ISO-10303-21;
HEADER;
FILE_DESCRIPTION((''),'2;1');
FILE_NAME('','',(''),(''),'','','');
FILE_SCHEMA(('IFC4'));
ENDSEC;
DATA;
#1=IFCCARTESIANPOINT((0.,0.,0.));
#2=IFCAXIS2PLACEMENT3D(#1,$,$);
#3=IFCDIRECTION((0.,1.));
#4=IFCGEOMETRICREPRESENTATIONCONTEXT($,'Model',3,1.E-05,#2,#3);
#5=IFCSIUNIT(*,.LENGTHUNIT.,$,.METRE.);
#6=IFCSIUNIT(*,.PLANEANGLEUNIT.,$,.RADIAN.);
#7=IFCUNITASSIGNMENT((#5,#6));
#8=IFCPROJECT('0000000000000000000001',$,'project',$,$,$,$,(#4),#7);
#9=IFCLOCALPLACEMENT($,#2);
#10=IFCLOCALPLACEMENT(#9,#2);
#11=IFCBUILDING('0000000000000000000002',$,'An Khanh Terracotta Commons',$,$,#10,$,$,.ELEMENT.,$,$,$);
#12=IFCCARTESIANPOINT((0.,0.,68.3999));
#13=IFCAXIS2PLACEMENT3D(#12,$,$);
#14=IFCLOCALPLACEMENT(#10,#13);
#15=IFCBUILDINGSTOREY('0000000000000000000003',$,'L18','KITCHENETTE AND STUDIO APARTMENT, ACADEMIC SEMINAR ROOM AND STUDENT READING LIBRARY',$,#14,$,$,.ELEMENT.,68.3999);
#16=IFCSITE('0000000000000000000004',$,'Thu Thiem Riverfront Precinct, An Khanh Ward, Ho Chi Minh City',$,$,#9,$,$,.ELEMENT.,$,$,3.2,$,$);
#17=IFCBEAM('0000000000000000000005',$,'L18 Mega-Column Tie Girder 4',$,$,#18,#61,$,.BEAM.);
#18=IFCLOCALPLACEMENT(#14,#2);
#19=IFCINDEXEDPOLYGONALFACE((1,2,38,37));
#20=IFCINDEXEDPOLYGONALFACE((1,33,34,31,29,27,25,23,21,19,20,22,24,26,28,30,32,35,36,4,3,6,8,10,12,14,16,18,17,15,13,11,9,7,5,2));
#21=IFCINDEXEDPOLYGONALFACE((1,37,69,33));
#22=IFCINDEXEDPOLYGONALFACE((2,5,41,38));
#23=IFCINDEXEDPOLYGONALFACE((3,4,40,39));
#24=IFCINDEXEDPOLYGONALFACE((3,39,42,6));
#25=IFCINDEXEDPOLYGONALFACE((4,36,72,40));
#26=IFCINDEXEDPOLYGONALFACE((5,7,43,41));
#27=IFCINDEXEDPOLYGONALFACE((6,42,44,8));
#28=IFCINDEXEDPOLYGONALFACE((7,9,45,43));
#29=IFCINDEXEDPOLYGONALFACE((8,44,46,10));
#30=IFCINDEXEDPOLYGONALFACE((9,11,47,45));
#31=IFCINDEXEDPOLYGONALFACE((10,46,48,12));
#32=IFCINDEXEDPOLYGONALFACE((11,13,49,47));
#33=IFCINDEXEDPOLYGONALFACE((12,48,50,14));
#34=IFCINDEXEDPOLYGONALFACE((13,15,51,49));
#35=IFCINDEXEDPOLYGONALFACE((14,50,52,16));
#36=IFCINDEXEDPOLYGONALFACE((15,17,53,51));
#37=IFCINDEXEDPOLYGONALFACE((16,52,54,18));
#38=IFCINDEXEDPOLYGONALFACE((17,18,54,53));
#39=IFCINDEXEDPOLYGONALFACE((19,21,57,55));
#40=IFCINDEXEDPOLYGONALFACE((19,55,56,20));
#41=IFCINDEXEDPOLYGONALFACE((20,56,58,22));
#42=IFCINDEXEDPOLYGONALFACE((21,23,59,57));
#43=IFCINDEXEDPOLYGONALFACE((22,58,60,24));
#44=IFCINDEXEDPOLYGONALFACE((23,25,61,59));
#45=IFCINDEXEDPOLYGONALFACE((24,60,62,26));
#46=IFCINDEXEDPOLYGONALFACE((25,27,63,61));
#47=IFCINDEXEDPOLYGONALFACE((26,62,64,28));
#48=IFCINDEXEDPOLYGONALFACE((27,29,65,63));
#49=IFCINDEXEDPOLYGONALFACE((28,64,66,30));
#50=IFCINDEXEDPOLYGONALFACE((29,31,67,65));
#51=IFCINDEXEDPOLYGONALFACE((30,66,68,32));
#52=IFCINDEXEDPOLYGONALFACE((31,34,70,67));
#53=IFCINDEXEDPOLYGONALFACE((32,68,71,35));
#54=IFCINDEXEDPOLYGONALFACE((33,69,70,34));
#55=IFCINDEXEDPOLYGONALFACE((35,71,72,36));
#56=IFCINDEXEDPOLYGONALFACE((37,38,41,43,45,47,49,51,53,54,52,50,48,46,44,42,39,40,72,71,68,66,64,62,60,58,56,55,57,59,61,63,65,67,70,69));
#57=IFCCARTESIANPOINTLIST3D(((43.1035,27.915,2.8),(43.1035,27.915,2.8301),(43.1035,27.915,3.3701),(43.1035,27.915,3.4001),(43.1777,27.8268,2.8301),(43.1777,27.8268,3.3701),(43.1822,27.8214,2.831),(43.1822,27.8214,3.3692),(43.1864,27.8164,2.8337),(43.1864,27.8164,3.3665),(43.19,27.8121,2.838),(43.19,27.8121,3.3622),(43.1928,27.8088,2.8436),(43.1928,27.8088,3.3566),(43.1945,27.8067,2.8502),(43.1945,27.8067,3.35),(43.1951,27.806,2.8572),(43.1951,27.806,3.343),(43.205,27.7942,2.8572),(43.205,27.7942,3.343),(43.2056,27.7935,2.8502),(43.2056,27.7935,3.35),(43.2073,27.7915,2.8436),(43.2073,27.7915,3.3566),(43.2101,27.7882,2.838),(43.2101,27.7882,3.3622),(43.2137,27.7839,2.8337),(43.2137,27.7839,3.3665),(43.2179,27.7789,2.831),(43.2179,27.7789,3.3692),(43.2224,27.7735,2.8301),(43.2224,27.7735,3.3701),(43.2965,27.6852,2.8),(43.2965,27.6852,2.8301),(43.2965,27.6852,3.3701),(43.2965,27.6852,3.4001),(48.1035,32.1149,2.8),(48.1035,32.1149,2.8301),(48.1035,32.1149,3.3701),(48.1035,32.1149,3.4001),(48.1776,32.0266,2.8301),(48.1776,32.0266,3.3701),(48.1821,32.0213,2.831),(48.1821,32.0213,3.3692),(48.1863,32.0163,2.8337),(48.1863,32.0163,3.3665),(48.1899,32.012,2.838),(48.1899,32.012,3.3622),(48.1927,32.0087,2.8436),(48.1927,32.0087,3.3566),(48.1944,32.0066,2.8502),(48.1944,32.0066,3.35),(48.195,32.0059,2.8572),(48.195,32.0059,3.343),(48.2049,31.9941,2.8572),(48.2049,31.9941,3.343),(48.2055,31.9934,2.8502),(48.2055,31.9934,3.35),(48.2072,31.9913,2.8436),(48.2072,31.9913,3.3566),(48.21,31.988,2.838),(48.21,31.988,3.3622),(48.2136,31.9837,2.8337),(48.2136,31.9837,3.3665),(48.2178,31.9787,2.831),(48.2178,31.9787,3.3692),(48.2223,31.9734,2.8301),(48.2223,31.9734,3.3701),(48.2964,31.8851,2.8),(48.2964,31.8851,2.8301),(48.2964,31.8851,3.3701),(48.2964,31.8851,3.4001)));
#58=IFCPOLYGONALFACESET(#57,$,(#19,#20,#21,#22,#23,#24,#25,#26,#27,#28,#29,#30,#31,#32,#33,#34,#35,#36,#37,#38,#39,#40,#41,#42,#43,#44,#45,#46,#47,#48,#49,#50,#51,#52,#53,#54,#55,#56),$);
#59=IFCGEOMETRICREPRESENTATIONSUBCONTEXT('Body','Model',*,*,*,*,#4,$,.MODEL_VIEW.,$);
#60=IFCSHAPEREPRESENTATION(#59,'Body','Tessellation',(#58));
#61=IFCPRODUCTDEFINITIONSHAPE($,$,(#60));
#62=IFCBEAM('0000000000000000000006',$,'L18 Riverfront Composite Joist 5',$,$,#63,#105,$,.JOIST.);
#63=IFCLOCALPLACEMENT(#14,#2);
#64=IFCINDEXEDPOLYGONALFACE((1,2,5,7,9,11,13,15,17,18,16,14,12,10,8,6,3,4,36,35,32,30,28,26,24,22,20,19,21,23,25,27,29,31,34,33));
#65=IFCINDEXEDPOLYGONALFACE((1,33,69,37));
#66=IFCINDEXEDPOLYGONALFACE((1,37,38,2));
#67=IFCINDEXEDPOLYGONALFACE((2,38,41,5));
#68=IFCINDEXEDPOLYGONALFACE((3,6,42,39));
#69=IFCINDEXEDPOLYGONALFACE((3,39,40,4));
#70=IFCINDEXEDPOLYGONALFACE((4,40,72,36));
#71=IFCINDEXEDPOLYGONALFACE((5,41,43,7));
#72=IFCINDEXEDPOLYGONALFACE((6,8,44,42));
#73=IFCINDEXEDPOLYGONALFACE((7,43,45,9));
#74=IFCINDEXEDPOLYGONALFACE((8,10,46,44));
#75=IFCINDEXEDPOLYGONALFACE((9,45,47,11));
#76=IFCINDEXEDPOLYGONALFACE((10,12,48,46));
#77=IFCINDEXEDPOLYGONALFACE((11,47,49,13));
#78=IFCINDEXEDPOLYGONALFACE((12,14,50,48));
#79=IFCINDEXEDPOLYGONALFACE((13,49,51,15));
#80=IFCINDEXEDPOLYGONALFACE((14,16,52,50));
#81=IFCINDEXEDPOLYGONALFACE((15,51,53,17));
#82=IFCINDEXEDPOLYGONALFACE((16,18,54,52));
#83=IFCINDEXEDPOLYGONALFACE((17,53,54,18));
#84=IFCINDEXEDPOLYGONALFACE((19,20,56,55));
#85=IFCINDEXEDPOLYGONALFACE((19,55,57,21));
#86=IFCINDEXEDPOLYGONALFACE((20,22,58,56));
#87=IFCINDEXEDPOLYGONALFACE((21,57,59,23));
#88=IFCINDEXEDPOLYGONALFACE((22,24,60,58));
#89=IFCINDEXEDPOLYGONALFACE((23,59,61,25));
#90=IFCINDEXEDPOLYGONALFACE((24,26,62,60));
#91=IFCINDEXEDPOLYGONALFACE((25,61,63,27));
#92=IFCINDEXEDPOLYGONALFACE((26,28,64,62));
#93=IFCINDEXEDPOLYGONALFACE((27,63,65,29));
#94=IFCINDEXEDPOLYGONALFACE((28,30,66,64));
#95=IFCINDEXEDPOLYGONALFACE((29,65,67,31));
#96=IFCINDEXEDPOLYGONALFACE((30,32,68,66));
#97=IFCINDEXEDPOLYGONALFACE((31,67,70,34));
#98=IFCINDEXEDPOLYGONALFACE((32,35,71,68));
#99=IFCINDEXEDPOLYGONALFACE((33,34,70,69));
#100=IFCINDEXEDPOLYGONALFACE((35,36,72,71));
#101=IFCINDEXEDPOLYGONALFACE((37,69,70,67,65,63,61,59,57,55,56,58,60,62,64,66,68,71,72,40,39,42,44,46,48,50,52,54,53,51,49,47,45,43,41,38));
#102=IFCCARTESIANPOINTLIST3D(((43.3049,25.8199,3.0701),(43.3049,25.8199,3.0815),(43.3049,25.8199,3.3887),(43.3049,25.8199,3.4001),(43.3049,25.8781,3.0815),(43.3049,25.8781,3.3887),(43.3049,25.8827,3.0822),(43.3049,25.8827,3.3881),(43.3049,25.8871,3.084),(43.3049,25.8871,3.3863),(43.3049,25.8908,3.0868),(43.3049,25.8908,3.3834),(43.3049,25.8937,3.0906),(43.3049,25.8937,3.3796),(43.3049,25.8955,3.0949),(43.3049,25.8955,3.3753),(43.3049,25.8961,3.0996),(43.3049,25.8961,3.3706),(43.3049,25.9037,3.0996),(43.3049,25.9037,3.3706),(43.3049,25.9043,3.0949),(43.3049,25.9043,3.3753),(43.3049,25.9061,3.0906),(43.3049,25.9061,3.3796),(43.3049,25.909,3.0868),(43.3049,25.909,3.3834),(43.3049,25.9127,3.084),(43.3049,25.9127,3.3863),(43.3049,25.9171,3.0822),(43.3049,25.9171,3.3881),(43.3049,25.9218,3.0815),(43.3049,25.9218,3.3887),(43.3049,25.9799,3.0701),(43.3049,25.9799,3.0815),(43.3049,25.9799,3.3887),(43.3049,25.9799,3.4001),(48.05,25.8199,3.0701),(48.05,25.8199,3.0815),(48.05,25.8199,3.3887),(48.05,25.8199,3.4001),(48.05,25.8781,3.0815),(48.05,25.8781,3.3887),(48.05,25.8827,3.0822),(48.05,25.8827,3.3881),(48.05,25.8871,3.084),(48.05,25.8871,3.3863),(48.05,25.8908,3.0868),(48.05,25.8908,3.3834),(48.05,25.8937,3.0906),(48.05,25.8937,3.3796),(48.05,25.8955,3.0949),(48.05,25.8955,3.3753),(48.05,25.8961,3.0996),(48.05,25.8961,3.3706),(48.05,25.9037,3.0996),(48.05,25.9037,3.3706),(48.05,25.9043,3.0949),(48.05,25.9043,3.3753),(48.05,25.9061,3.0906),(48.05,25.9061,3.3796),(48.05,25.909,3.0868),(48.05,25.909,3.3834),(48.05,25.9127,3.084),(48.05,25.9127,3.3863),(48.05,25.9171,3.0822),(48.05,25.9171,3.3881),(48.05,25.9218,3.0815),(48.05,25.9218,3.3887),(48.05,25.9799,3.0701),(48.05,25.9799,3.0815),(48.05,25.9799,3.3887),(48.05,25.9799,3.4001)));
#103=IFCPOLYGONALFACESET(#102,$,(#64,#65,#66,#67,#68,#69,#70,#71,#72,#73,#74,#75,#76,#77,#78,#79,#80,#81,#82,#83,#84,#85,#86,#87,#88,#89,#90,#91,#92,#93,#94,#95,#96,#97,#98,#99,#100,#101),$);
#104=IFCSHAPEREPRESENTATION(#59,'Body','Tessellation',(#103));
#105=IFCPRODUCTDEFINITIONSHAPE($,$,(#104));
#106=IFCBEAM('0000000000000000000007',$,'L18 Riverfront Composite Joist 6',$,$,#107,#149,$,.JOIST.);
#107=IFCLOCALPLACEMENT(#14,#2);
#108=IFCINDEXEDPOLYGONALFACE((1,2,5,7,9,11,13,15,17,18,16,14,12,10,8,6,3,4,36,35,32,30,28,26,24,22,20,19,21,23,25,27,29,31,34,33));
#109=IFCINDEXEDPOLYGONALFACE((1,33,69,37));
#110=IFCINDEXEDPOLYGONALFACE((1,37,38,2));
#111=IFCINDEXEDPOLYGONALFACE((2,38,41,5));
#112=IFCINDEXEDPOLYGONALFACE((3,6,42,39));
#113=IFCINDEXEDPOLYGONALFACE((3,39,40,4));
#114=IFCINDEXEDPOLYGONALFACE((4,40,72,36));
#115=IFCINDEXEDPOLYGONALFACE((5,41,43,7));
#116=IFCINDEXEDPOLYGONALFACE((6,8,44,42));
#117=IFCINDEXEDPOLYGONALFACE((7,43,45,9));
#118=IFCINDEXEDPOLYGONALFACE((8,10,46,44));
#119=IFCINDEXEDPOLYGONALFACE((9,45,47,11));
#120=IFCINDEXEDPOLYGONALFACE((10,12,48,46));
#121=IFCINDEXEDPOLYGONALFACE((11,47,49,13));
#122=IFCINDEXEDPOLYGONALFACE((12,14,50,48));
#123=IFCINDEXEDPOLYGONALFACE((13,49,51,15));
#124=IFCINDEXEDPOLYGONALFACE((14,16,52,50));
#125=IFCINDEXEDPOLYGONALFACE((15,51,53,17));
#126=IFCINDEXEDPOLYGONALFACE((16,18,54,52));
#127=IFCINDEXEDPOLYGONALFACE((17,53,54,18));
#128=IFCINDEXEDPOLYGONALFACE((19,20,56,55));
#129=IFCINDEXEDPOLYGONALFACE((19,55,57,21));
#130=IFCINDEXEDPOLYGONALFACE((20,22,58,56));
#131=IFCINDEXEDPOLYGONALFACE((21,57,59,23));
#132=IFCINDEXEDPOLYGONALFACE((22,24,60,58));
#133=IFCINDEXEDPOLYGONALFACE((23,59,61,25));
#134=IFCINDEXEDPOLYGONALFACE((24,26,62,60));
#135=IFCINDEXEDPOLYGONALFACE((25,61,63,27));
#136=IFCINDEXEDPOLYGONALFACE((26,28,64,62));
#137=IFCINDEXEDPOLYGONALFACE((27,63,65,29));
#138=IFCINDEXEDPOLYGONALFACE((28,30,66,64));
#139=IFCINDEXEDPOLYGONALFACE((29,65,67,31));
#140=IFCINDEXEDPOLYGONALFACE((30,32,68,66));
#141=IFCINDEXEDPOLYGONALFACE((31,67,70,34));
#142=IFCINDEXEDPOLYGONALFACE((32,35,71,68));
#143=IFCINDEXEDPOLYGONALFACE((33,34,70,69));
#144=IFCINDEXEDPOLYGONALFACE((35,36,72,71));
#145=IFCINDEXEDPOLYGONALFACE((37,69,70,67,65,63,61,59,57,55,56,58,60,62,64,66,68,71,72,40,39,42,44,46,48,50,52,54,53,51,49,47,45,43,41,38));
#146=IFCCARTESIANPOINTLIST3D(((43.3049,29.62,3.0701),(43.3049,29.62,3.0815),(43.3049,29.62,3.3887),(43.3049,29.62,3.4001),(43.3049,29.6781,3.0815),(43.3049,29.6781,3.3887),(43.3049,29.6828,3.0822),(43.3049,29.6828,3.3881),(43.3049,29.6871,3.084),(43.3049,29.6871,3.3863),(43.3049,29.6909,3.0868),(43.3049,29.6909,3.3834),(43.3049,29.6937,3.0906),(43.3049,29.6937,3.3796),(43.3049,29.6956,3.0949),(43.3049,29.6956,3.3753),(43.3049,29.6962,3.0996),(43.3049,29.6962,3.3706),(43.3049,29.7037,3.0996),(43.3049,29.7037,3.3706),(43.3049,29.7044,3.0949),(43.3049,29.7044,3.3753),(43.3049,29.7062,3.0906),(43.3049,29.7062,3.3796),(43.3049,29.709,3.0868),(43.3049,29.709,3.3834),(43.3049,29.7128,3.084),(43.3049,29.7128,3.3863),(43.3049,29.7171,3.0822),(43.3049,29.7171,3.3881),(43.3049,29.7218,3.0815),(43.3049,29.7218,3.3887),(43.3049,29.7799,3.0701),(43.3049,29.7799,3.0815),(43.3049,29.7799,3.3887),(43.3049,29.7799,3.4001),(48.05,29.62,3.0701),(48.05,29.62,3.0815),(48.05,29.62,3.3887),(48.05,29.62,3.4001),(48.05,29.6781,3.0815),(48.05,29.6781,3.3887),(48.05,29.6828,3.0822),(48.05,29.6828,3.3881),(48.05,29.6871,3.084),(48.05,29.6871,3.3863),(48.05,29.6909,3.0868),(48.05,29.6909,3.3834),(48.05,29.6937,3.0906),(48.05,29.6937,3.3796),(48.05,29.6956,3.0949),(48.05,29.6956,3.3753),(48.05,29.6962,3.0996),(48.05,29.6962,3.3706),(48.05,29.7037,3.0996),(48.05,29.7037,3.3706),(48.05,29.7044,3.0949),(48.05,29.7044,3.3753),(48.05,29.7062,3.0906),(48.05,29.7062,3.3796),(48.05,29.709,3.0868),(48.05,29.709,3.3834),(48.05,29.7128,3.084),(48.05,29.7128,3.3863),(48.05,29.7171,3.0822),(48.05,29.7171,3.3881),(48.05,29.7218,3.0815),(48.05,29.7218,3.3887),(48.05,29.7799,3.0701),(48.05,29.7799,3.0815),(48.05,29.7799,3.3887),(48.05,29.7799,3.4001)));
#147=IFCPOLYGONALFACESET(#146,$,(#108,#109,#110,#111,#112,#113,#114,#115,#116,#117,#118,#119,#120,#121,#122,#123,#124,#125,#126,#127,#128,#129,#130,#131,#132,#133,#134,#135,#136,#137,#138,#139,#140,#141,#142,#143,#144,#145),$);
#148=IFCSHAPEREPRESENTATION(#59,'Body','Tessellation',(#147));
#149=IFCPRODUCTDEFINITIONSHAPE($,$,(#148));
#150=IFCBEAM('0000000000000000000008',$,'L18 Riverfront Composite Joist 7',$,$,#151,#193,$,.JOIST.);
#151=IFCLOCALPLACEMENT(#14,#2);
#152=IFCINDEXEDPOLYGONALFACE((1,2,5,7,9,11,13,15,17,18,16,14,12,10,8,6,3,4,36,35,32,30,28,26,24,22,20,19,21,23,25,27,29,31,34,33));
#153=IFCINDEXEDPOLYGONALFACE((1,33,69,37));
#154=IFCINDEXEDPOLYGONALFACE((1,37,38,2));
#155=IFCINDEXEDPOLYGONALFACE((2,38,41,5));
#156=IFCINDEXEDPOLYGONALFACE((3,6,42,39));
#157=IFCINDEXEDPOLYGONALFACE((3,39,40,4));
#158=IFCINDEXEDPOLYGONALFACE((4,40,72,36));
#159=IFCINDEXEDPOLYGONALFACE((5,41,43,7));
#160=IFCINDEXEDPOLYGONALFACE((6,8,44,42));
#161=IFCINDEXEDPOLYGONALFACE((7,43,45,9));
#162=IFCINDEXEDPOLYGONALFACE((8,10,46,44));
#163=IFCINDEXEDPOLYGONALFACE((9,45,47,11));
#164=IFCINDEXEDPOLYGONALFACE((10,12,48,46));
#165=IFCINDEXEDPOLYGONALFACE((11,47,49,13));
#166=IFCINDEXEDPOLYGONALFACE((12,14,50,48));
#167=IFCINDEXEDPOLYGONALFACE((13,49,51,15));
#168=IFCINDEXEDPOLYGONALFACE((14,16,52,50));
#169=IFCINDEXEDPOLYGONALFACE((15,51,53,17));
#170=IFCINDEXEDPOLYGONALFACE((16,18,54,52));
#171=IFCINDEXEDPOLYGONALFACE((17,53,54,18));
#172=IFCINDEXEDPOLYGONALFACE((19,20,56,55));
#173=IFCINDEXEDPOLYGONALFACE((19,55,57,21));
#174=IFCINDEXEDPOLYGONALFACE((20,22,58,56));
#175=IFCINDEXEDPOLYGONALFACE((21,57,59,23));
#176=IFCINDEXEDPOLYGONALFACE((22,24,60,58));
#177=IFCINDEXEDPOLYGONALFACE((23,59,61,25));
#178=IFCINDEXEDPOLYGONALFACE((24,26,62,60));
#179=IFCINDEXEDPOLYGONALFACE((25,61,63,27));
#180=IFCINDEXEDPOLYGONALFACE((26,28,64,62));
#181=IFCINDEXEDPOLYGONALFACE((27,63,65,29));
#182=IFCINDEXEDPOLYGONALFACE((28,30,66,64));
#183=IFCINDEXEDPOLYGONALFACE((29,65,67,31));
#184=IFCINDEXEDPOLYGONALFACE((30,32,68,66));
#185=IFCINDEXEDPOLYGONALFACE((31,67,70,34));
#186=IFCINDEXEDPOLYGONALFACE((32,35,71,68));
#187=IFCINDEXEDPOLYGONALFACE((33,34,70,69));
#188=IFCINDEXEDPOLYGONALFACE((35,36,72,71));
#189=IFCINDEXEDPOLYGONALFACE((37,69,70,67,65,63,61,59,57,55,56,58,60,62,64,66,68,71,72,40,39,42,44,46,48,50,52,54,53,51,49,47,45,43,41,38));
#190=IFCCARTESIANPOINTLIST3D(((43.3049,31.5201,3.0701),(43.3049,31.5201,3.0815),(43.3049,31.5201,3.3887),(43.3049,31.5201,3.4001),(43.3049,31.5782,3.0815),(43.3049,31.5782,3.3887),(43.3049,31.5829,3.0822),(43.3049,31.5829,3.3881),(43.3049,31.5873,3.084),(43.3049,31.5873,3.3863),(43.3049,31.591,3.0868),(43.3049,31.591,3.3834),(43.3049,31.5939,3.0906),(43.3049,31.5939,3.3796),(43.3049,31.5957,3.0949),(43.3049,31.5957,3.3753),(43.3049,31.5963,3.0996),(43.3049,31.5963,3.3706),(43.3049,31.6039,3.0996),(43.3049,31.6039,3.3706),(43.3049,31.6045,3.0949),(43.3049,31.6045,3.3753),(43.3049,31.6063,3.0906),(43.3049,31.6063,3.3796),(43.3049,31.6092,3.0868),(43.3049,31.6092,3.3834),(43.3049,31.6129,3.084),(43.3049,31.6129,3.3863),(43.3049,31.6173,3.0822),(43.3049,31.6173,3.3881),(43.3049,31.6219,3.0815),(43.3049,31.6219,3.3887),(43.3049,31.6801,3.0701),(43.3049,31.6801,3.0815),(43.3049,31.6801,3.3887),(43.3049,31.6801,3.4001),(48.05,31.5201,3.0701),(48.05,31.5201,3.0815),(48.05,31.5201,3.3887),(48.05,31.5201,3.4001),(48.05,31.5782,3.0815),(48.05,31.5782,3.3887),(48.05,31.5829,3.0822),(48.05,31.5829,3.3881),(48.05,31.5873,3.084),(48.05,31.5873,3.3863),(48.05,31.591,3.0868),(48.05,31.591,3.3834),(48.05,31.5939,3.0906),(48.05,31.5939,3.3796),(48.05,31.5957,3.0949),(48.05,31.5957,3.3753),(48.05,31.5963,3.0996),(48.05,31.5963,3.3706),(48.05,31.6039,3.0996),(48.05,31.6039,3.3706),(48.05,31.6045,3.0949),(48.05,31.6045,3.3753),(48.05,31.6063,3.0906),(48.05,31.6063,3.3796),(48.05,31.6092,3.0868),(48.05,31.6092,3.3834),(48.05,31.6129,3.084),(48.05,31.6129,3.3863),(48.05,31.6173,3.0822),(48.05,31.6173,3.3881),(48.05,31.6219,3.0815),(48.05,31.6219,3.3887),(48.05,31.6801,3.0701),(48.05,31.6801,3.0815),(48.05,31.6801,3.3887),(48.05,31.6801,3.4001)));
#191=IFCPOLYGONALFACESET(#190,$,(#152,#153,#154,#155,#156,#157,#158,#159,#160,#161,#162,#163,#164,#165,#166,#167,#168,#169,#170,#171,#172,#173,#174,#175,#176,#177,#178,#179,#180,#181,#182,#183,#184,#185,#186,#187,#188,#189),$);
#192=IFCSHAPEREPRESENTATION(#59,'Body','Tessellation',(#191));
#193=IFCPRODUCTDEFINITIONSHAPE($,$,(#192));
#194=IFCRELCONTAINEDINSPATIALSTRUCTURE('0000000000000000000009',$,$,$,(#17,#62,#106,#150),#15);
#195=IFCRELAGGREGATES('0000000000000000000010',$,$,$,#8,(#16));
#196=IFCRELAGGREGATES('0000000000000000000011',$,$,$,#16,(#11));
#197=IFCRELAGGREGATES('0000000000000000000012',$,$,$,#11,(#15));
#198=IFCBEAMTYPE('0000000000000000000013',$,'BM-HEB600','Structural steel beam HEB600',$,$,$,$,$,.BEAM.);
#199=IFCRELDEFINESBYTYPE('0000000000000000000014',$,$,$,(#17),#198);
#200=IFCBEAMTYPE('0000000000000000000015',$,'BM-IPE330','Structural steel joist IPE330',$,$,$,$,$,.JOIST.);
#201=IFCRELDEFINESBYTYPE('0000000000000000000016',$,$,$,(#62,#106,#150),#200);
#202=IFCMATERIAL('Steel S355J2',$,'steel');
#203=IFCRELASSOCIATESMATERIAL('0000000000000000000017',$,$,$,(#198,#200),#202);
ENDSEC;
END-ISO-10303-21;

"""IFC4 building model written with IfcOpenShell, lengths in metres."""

from ifc_helpers import new_model, si_unit, direction, frame, origin, origin_2d, place, context, subcontext, project, spatial, i_section, extrude, material, material_profile, profile_set, type_object, element, save


model = new_model("IFC4")

# Units and contexts
model_context = context("Model", 3, precision=1e-05, world=origin(), true_north=direction((0.0, 1.0)))
body_context = subcontext(model_context, "Body", "Model", "MODEL_VIEW")
ifc_project = project(units=[si_unit("LENGTHUNIT", "METRE"), si_unit("PLANEANGLEUNIT", "RADIAN")], contexts=[model_context])

# Site, building, storey
site_placement = place(None, origin())
site = spatial("IfcSite", under=ifc_project, at=site_placement, Name="Thu Thiem Riverfront Precinct, An Khanh Ward, Ho Chi Minh City", CompositionType="ELEMENT", RefElevation=3.2)
building_placement = place(site_placement, origin())
building = spatial("IfcBuilding", under=site, at=building_placement, Name="An Khanh Terracotta Commons", CompositionType="ELEMENT")
storey_placement = place(building_placement, frame((0.0, 0.0, 68.3999)))
storey = spatial("IfcBuildingStorey", under=building, at=storey_placement, Name="L18", Description="KITCHENETTE AND STUDIO APARTMENT, ACADEMIC SEMINAR ROOM AND STUDENT READING LIBRARY", CompositionType="ELEMENT", Elevation=68.3999)

# Beams
ifc_material_1 = material(Name="Steel S355J2", Category="steel")
ifc_material_profile_1 = material_profile(ifc_material_1, i_section(OverallWidth=0.3, OverallDepth=0.6001, WebThickness=0.0154, FlangeThickness=0.03, FilletRadius=0.0271, at=origin_2d()), Name="HEB600")
ifc_profile_set_1 = profile_set([ifc_material_profile_1], Name="Steel S355J2")
beam_type_1 = type_object("IfcBeamType", Name="BM-HEB600", Description="Structural steel beam HEB600", PredefinedType="BEAM", material=ifc_profile_set_1)
beam_1_placement = place(storey_placement, frame((48.2, 32.0, 3.1001), z_axis=(-0.765709, -0.643188, 0.0), x_axis=(0.643188, -0.765709, 0.0)))
element("IfcBeam", 1, at=beam_1_placement, inside=storey, type_object=beam_type_1, Name="L18 Mega-Column Tie Girder 4", PredefinedType="BEAM", context=body_context, shape_type="SweptSolid", body=[
    extrude(i_section(OverallWidth=0.3, OverallDepth=0.6001, WebThickness=0.0154, FlangeThickness=0.03, FilletRadius=0.0271, at=origin_2d()), origin(), (0.0, 0.0, 1.0), 6.5298),
])
ifc_material_profile_2 = material_profile(ifc_material_1, i_section(OverallWidth=0.1599, OverallDepth=0.3301, WebThickness=0.0076, FlangeThickness=0.0115, FilletRadius=0.0181, at=origin_2d()), Name="IPE330")
ifc_profile_set_2 = profile_set([ifc_material_profile_2], Name="Steel S355J2")
beam_type_2 = type_object("IfcBeamType", Name="BM-IPE330", Description="Structural steel joist IPE330", PredefinedType="JOIST", material=ifc_profile_set_2)
for number, where, z_axis, x_axis, name in (
    (2, (43.3049, 25.8999, 3.2351), (1.0, 0.0, 0.0), (0.0, 1.0, 0.0), "L18 Riverfront Composite Joist 5"),
    (3, (43.3049, 29.7, 3.2351), (1.0, 0.0, 0.0), (0.0, 1.0, 0.0), "L18 Riverfront Composite Joist 6"),
    (4, (43.3049, 31.6001, 3.2351), (1.0, 0.0, 0.0), (0.0, 1.0, 0.0), "L18 Riverfront Composite Joist 7"),
):
    element("IfcBeam", number, at=place(storey_placement, frame(where, z_axis=z_axis, x_axis=x_axis)), inside=storey, type_object=beam_type_2, Name=name, PredefinedType="JOIST", context=body_context, shape_type="SweptSolid", body=[
        extrude(i_section(OverallWidth=0.1599, OverallDepth=0.3301, WebThickness=0.0076, FlangeThickness=0.0115, FilletRadius=0.0181, at=origin_2d()), origin(), (0.0, 0.0, 1.0), 4.7451),
    ])

save(model, "model.ifc")
